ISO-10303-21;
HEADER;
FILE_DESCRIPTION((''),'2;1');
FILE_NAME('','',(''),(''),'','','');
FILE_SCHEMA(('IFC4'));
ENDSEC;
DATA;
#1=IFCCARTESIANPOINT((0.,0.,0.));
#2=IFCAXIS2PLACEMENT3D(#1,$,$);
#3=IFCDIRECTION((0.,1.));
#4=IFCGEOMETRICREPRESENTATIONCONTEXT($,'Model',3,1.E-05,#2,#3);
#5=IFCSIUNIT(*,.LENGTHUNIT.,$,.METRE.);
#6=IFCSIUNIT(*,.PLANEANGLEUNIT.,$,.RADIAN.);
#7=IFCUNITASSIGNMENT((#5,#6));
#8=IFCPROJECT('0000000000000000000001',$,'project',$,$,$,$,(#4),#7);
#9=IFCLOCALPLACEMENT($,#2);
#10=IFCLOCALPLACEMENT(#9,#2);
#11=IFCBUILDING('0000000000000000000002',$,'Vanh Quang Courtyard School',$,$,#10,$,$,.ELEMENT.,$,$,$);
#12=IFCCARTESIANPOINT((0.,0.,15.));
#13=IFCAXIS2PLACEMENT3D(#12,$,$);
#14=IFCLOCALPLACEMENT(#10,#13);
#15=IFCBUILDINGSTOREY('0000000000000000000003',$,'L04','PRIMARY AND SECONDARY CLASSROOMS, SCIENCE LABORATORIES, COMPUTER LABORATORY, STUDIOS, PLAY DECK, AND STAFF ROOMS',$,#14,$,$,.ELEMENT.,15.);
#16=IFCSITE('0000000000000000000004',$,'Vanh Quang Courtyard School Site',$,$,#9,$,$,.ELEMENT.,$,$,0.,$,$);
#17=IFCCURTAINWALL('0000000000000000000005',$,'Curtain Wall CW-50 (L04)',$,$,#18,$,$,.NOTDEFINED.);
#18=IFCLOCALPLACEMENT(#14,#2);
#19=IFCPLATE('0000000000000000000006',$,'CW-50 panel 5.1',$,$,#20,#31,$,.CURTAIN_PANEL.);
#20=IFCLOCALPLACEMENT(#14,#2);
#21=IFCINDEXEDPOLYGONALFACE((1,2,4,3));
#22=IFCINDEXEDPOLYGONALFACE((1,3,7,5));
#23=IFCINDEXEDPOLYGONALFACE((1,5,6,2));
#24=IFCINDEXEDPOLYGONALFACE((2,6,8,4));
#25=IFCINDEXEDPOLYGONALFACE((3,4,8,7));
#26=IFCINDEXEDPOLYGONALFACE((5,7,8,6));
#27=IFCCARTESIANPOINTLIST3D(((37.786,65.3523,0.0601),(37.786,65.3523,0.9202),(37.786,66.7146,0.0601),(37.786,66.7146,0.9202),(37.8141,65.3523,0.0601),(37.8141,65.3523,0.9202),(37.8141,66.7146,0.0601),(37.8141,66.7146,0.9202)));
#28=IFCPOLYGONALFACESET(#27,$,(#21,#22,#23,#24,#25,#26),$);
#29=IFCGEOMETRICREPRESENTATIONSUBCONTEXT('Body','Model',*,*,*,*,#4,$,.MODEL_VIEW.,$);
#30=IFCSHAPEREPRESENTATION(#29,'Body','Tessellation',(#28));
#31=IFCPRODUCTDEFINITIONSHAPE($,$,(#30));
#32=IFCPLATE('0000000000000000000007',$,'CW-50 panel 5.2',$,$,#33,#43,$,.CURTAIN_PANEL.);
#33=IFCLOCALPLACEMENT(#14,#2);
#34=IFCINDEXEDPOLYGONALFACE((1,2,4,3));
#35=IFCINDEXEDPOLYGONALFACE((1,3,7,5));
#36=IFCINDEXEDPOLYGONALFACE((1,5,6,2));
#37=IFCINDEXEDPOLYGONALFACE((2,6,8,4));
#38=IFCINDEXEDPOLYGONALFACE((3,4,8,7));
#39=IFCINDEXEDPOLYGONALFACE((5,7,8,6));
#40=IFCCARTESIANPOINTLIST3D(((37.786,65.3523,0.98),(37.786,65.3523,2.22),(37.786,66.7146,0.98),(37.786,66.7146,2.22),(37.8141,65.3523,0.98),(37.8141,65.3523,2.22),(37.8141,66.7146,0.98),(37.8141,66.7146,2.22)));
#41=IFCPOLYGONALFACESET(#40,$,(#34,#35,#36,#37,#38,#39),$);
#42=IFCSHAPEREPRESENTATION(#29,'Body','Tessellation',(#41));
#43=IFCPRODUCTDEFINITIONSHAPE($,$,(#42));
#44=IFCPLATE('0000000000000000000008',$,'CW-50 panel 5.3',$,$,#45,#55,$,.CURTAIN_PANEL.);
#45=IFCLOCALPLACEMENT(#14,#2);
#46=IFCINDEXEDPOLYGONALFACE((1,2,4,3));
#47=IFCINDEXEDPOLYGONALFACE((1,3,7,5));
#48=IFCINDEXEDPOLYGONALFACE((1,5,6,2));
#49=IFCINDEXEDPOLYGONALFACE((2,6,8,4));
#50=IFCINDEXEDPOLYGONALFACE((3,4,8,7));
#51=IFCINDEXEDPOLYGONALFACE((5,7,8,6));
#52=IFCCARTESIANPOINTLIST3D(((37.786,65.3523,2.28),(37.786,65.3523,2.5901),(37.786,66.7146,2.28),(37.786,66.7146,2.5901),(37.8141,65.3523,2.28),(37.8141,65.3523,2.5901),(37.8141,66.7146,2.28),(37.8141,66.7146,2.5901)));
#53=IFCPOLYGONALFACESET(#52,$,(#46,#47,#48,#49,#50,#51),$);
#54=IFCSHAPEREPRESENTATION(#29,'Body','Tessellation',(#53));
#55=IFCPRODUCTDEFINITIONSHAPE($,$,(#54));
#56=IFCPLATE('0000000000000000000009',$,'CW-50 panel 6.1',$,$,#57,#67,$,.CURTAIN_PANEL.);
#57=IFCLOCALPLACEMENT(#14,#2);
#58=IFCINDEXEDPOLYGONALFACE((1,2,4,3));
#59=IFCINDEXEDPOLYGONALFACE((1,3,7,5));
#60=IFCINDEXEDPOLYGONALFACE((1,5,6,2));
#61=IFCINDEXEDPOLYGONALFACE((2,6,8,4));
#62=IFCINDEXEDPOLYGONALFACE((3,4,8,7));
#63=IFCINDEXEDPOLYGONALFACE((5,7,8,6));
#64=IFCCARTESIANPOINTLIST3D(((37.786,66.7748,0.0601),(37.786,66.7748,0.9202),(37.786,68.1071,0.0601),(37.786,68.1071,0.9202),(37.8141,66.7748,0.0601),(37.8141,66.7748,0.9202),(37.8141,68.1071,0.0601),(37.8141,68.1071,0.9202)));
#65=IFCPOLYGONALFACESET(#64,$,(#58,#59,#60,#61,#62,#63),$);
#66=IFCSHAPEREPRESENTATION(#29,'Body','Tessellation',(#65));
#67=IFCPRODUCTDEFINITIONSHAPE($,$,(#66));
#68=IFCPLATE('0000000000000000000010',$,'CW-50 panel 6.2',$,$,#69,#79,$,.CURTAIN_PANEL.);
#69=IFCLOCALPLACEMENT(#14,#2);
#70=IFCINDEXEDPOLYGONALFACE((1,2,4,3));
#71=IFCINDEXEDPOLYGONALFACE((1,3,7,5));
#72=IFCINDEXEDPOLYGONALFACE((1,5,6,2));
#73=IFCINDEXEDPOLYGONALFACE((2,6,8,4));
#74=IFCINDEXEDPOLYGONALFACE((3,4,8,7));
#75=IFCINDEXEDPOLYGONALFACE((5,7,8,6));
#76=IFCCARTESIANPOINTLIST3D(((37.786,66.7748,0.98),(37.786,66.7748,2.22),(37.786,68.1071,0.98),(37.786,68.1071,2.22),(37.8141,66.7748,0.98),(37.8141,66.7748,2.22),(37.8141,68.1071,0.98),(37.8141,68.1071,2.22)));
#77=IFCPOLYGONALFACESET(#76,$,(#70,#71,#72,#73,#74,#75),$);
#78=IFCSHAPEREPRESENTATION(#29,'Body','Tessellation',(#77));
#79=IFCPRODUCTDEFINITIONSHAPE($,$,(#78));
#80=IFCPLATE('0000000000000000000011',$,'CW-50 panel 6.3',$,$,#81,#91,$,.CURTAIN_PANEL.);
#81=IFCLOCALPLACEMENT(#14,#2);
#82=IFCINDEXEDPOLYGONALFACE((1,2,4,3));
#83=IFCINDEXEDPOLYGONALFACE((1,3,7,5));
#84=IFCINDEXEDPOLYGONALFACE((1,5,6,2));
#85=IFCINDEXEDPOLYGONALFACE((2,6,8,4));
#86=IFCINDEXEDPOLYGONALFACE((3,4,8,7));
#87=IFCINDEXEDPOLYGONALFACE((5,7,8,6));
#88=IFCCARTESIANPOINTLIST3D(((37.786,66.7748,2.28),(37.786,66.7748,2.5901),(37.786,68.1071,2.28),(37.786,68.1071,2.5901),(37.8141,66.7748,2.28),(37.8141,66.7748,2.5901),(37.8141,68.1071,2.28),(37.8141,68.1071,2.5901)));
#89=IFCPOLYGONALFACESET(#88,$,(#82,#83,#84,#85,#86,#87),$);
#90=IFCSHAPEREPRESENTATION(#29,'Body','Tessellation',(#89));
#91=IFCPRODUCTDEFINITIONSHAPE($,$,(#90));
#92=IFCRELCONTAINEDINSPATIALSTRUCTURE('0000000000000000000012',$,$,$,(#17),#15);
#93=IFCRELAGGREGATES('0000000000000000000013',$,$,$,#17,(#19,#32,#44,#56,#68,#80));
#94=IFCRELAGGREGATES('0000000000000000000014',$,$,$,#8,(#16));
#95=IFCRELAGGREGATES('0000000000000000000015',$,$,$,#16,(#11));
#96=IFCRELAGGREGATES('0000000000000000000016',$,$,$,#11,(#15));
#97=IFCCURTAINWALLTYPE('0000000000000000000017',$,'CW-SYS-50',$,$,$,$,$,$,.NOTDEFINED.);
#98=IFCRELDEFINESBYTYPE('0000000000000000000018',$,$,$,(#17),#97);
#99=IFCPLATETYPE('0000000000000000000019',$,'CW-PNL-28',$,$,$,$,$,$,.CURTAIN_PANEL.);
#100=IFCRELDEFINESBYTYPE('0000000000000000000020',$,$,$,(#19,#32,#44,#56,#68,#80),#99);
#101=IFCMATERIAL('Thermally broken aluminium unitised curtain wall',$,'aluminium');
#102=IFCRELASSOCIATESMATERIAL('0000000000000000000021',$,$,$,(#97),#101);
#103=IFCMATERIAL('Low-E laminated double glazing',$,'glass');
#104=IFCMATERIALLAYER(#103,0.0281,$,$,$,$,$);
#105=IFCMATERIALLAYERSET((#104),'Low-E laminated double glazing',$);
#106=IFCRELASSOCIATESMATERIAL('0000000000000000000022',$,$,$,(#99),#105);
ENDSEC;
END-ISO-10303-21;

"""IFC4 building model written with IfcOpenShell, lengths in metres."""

from ifc_helpers import new_model, si_unit, direction, frame, origin, origin_2d, place, context, subcontext, project, spatial, rectangle, extrude, material, layer, layer_set, type_object, element, aggregate, save


model = new_model("IFC4")

# Units and contexts
model_context = context("Model", 3, precision=1e-05, world=origin(), true_north=direction((0.0, 1.0)))
body_context = subcontext(model_context, "Body", "Model", "MODEL_VIEW")
ifc_project = project(units=[si_unit("LENGTHUNIT", "METRE"), si_unit("PLANEANGLEUNIT", "RADIAN")], contexts=[model_context])

# Site, building, storey
site_placement = place(None, origin())
site = spatial("IfcSite", under=ifc_project, at=site_placement, Name="Vanh Quang Courtyard School Site", CompositionType="ELEMENT", RefElevation=0.0)
building_placement = place(site_placement, origin())
building = spatial("IfcBuilding", under=site, at=building_placement, Name="Vanh Quang Courtyard School", CompositionType="ELEMENT")
storey_placement = place(building_placement, frame((0.0, 0.0, 15.0)))
storey = spatial("IfcBuildingStorey", under=building, at=storey_placement, Name="L04", Description="PRIMARY AND SECONDARY CLASSROOMS, SCIENCE LABORATORIES, COMPUTER LABORATORY, STUDIOS, PLAY DECK, AND STAFF ROOMS", CompositionType="ELEMENT", Elevation=15.0)

# Curtain wall
ifc_material_1 = material(Name="Thermally broken aluminium unitised curtain wall", Category="aluminium")
curtain_wall_type_1 = type_object("IfcCurtainWallType", Name="CW-SYS-50", PredefinedType="NOTDEFINED", material=ifc_material_1)
curtain_wall_1_placement = place(storey_placement, origin())
curtain_wall_1 = element("IfcCurtainWall", 1, at=curtain_wall_1_placement, inside=storey, type_object=curtain_wall_type_1, Name="Curtain Wall CW-50 (L04)", PredefinedType="NOTDEFINED")

# Plates
ifc_material_2 = material(Name="Low-E laminated double glazing", Category="glass")
ifc_layer = layer(ifc_material_2, 0.0281)
ifc_layer_set = layer_set([ifc_layer], Name="Low-E laminated double glazing")
plate_type = type_object("IfcPlateType", Name="CW-PNL-28", PredefinedType="CURTAIN_PANEL", material=ifc_layer_set)
plate_1_placement = place(storey_placement, frame((37.8, 66.0334, 0.0601), z_axis=(0.0, 0.0, 1.0), x_axis=(0.0, 1.0, 0.0)))
plate_1 = element("IfcPlate", 2, at=plate_1_placement, type_object=plate_type, Name="CW-50 panel 5.1", PredefinedType="CURTAIN_PANEL", context=body_context, shape_type="SweptSolid", body=[
    extrude(rectangle(XDim=1.3623, YDim=0.0281, at=origin_2d()), origin(), (0.0, 0.0, 1.0), 0.8601),
])
plate_2_placement = place(storey_placement, frame((37.8, 66.0334, 0.98), z_axis=(0.0, 0.0, 1.0), x_axis=(0.0, 1.0, 0.0)))
plate_2 = element("IfcPlate", 3, at=plate_2_placement, type_object=plate_type, Name="CW-50 panel 5.2", PredefinedType="CURTAIN_PANEL", context=body_context, shape_type="SweptSolid", body=[
    extrude(rectangle(XDim=1.3623, YDim=0.0281, at=origin_2d()), origin(), (0.0, 0.0, 1.0), 1.24),
])
plate_3_placement = place(storey_placement, frame((37.8, 66.0334, 2.28), z_axis=(0.0, 0.0, 1.0), x_axis=(0.0, 1.0, 0.0)))
plate_3 = element("IfcPlate", 4, at=plate_3_placement, type_object=plate_type, Name="CW-50 panel 5.3", PredefinedType="CURTAIN_PANEL", context=body_context, shape_type="SweptSolid", body=[
    extrude(rectangle(XDim=1.3623, YDim=0.0281, at=origin_2d()), origin(), (0.0, 0.0, 1.0), 0.3101),
])
plate_4_placement = place(storey_placement, frame((37.8, 67.4409, 0.0601), z_axis=(0.0, 0.0, 1.0), x_axis=(0.0, 1.0, 0.0)))
plate_4 = element("IfcPlate", 5, at=plate_4_placement, type_object=plate_type, Name="CW-50 panel 6.1", PredefinedType="CURTAIN_PANEL", context=body_context, shape_type="SweptSolid", body=[
    extrude(rectangle(XDim=1.3323, YDim=0.0281, at=origin_2d()), origin(), (0.0, 0.0, 1.0), 0.8601),
])
plate_5_placement = place(storey_placement, frame((37.8, 67.4409, 0.98), z_axis=(0.0, 0.0, 1.0), x_axis=(0.0, 1.0, 0.0)))
plate_5 = element("IfcPlate", 6, at=plate_5_placement, type_object=plate_type, Name="CW-50 panel 6.2", PredefinedType="CURTAIN_PANEL", context=body_context, shape_type="SweptSolid", body=[
    extrude(rectangle(XDim=1.3323, YDim=0.0281, at=origin_2d()), origin(), (0.0, 0.0, 1.0), 1.24),
])
plate_6_placement = place(storey_placement, frame((37.8, 67.4409, 2.28), z_axis=(0.0, 0.0, 1.0), x_axis=(0.0, 1.0, 0.0)))
plate_6 = element("IfcPlate", 7, at=plate_6_placement, type_object=plate_type, Name="CW-50 panel 6.3", PredefinedType="CURTAIN_PANEL", context=body_context, shape_type="SweptSolid", body=[
    extrude(rectangle(XDim=1.3323, YDim=0.0281, at=origin_2d()), origin(), (0.0, 0.0, 1.0), 0.3101),
])
aggregate(curtain_wall_1, [plate_1, plate_2, plate_3, plate_4, plate_5, plate_6])

save(model, "model.ifc")
